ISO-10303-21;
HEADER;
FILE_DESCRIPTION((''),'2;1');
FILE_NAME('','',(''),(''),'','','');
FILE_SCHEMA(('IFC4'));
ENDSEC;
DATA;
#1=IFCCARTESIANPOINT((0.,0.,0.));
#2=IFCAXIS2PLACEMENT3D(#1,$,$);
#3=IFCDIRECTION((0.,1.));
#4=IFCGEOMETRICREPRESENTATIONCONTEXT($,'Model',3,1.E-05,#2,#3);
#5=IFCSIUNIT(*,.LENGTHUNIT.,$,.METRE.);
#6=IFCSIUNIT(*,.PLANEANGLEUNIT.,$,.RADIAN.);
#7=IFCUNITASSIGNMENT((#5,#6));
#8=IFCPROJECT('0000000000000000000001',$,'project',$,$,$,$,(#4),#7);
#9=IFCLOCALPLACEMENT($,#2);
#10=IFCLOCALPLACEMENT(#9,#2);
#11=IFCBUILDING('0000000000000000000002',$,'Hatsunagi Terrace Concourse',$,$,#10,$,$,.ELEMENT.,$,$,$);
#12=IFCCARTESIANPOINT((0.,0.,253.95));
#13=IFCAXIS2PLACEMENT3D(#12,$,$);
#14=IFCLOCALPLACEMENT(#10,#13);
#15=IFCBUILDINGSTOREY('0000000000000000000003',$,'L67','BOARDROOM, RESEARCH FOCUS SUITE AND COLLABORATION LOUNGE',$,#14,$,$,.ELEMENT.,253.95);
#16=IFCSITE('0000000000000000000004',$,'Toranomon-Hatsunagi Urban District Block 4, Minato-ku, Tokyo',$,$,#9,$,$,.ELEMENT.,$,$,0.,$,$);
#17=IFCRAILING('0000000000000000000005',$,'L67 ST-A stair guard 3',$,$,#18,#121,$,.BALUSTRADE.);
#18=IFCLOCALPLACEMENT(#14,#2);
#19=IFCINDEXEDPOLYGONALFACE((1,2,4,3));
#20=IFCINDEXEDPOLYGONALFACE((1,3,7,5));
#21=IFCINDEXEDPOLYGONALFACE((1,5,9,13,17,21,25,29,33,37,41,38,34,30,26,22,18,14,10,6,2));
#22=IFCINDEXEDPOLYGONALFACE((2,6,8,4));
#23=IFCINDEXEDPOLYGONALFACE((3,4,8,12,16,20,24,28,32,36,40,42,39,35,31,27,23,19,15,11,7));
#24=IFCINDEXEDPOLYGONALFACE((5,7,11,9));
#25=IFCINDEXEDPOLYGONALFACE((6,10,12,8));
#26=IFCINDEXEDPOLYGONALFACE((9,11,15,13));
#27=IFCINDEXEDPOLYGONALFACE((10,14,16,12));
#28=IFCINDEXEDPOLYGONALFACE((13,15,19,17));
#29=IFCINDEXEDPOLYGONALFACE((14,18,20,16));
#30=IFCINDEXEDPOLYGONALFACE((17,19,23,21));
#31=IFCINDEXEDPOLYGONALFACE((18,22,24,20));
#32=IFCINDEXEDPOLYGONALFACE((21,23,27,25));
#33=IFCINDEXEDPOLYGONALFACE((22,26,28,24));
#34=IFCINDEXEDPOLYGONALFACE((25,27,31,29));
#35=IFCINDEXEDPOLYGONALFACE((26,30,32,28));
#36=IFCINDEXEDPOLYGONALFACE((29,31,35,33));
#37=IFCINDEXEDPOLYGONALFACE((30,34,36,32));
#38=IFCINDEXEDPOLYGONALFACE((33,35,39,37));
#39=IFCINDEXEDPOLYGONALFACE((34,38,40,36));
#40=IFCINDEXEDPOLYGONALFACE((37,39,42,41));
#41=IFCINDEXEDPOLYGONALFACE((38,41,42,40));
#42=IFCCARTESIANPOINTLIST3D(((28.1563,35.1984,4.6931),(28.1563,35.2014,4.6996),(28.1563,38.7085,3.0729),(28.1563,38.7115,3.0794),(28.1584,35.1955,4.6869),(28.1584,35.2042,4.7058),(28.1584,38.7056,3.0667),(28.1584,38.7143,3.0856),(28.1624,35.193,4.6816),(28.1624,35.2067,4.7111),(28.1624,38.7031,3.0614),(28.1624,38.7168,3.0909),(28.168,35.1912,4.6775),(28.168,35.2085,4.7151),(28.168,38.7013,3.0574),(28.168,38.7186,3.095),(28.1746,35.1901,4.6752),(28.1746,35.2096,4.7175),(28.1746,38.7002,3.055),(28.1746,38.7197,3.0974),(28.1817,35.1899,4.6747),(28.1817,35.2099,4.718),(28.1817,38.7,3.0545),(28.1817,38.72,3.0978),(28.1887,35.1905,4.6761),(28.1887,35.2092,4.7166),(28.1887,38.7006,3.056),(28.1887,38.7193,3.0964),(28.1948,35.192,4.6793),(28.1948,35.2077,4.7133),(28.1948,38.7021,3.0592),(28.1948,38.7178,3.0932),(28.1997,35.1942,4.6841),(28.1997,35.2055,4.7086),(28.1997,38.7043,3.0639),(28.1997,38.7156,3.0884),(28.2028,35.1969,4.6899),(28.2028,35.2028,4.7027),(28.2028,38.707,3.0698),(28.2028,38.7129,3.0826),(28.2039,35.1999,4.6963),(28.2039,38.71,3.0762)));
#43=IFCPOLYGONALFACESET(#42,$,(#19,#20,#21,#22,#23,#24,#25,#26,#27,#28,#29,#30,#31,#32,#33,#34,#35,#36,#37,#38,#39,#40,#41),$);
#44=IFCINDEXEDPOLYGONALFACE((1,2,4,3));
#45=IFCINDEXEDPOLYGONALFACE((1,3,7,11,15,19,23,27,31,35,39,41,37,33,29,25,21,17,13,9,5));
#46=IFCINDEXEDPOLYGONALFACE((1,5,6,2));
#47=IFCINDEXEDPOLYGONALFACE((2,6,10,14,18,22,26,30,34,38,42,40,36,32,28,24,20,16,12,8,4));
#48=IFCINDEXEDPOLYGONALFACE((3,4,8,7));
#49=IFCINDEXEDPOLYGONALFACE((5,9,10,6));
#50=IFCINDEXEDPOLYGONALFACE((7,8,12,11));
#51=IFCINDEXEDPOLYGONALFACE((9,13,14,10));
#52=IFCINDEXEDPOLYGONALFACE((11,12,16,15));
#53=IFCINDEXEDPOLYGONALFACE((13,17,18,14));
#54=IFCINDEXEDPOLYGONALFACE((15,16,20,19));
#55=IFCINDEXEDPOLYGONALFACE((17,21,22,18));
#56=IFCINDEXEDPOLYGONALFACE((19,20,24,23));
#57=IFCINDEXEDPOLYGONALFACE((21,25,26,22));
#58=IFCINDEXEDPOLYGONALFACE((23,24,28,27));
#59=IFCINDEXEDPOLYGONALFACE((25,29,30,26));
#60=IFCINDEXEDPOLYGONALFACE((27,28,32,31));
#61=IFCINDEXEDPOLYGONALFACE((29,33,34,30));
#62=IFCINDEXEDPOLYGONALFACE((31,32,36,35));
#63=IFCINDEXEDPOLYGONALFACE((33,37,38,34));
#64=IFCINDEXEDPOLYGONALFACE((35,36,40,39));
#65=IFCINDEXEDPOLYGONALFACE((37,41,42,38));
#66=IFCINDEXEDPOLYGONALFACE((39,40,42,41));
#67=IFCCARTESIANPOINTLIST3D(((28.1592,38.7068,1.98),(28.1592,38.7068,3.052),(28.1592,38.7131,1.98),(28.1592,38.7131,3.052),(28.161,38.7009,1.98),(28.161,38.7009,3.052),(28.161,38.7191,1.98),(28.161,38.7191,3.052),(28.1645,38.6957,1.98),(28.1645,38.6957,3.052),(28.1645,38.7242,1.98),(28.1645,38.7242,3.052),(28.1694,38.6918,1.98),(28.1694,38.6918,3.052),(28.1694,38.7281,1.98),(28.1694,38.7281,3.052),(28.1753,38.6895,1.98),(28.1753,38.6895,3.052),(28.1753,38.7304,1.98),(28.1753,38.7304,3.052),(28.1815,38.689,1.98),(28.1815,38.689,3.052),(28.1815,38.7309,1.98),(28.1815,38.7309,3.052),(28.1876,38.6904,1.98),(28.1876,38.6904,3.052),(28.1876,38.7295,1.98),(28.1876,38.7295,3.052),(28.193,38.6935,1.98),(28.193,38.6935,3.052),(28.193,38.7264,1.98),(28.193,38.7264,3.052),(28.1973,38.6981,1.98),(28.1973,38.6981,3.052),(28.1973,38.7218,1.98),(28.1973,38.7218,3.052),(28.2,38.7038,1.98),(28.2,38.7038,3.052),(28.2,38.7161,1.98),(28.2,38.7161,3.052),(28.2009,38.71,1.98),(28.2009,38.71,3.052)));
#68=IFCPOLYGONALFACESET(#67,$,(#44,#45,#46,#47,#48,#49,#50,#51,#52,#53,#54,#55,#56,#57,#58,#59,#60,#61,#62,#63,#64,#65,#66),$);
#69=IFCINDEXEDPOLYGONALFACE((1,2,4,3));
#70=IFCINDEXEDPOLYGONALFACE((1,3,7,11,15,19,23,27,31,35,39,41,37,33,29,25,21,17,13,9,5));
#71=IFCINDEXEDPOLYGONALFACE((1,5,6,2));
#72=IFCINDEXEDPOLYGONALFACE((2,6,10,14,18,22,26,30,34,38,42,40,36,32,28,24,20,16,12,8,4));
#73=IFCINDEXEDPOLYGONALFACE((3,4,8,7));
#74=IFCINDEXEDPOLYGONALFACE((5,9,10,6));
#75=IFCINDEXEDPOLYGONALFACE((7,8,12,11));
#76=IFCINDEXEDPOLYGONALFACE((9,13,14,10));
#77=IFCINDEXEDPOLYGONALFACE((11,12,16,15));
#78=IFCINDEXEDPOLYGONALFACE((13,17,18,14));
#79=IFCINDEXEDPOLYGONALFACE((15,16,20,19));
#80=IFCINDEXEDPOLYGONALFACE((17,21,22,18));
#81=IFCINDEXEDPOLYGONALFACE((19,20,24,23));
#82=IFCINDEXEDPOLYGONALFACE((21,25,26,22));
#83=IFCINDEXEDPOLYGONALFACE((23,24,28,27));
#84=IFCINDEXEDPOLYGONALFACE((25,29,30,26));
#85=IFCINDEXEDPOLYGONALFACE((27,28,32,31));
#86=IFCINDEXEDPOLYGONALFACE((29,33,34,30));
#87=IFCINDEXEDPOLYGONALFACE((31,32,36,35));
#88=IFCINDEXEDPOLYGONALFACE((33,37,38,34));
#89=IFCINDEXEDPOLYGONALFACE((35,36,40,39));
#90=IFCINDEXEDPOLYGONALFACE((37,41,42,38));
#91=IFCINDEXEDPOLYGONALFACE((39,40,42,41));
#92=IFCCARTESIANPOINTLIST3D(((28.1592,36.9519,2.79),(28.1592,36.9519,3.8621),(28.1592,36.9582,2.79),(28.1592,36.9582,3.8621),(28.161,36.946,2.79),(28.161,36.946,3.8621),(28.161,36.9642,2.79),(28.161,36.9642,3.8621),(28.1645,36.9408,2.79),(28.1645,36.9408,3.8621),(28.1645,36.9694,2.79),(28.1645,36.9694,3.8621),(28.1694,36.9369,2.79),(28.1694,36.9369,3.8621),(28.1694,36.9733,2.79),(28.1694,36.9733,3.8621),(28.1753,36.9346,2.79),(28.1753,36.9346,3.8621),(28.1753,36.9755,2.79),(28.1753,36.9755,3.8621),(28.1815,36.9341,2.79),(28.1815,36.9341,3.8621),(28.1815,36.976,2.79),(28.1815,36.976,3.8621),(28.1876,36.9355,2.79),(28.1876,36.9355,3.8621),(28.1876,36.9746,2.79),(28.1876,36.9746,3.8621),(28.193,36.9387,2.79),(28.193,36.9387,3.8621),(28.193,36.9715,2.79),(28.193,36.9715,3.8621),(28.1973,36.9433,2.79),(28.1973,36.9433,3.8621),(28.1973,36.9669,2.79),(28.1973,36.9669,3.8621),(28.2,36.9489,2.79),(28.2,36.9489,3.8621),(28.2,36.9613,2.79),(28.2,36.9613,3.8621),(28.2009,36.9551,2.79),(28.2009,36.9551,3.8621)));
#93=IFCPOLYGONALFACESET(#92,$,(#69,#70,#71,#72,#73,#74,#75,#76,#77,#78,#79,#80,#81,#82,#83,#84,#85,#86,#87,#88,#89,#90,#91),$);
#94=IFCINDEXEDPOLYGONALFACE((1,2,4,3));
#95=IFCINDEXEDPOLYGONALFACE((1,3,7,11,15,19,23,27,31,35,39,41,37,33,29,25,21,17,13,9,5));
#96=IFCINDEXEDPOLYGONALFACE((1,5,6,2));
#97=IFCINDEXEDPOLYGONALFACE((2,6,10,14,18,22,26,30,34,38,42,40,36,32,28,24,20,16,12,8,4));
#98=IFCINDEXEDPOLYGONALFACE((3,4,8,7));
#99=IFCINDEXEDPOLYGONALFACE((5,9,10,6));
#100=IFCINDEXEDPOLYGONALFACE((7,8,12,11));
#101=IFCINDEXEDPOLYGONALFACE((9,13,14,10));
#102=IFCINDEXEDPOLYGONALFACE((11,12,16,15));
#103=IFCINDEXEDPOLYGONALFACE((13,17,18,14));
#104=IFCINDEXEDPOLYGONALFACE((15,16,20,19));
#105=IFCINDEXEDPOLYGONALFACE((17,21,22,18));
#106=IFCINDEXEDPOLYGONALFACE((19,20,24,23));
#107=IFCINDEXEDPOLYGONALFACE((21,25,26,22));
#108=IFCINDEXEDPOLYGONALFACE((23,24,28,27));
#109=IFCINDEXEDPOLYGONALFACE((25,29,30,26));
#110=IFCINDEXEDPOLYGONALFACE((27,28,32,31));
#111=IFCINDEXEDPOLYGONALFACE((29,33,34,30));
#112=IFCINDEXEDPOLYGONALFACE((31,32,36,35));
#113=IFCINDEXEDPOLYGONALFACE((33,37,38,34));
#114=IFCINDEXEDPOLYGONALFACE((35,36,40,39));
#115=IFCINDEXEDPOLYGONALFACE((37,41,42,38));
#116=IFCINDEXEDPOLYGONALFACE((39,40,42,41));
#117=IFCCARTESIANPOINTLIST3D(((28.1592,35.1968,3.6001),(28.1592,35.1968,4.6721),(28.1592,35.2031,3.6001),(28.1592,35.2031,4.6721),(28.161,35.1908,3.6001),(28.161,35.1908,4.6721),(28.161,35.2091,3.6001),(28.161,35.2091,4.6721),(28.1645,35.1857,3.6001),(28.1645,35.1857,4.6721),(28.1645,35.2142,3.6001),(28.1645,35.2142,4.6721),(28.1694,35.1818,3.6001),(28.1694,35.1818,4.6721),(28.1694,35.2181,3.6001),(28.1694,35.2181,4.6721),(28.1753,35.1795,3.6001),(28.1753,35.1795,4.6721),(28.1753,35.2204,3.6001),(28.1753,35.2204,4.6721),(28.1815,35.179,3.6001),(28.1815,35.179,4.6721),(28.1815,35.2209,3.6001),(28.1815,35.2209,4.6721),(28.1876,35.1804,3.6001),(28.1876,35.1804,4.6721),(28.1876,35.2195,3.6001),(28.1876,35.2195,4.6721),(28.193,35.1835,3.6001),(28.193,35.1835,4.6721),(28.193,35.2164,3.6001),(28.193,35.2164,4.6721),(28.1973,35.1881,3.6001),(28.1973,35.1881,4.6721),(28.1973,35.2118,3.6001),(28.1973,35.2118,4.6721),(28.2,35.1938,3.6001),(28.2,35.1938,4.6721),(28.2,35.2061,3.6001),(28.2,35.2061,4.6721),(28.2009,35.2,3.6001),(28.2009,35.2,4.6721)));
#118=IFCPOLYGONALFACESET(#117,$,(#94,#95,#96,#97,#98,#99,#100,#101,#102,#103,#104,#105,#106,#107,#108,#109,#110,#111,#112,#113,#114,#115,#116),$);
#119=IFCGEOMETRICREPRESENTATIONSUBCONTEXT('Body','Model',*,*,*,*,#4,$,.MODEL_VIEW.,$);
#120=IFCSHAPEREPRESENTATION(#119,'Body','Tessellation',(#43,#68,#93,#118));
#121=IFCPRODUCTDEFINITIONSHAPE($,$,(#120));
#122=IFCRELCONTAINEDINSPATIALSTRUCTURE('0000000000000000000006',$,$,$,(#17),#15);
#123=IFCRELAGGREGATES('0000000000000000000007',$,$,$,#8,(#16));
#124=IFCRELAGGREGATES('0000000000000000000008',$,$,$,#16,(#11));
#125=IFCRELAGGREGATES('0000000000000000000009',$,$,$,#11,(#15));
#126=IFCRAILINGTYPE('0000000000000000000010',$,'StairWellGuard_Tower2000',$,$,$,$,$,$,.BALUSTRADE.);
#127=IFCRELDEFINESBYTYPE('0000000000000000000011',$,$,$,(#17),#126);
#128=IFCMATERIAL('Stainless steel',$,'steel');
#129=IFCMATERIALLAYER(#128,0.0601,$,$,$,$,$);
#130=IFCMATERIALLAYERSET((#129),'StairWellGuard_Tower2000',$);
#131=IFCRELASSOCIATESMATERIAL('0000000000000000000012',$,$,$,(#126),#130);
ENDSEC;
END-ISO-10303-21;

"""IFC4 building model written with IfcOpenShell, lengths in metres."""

from ifc_helpers import new_model, si_unit, direction, frame, origin, origin_2d, place, context, subcontext, project, spatial, circle, extrude, material, layer, layer_set, type_object, element, save


model = new_model("IFC4")

# Units and contexts
model_context = context("Model", 3, precision=1e-05, world=origin(), true_north=direction((0.0, 1.0)))
body_context = subcontext(model_context, "Body", "Model", "MODEL_VIEW")
ifc_project = project(units=[si_unit("LENGTHUNIT", "METRE"), si_unit("PLANEANGLEUNIT", "RADIAN")], contexts=[model_context])

# Site, building, storey
site_placement = place(None, origin())
site = spatial("IfcSite", under=ifc_project, at=site_placement, Name="Toranomon-Hatsunagi Urban District Block 4, Minato-ku, Tokyo", CompositionType="ELEMENT", RefElevation=0.0)
building_placement = place(site_placement, origin())
building = spatial("IfcBuilding", under=site, at=building_placement, Name="Hatsunagi Terrace Concourse", CompositionType="ELEMENT")
storey_placement = place(building_placement, frame((0.0, 0.0, 253.95)))
storey = spatial("IfcBuildingStorey", under=building, at=storey_placement, Name="L67", Description="BOARDROOM, RESEARCH FOCUS SUITE AND COLLABORATION LOUNGE", CompositionType="ELEMENT", Elevation=253.95)

# Railing
ifc_material_1 = material(Name="Stainless steel", Category="steel")
ifc_layer_1 = layer(ifc_material_1, 0.0601)
ifc_layer_set_1 = layer_set([ifc_layer_1], Name="StairWellGuard_Tower2000")
railing_type = type_object("IfcRailingType", Name="StairWellGuard_Tower2000", PredefinedType="BALUSTRADE", material=ifc_layer_set_1)
railing_1_placement = place(storey_placement, frame((28.1799, 38.71, 1.98)))
element("IfcRailing", 1, at=railing_1_placement, inside=storey, type_object=railing_type, Name="L67 ST-A stair guard 3", PredefinedType="BALUSTRADE", context=body_context, shape_type="SweptSolid", body=[
    extrude(circle(Radius=0.0239, at=origin_2d()), frame((0.0, 0.0, 1.0962), z_axis=(0.0, -0.907948, 0.419082), x_axis=(1.0, 0.0, 0.0)), (0.0, 0.0, 1.0), 3.866),
    extrude(circle(Radius=0.021, at=origin_2d()), origin(), (0.0, 0.0, 1.0), 1.072),
    extrude(circle(Radius=0.021, at=origin_2d()), frame((0.0, -1.7549, 0.8101)), (0.0, 0.0, 1.0), 1.072),
    extrude(circle(Radius=0.021, at=origin_2d()), frame((0.0, -3.51, 1.6201)), (0.0, 0.0, 1.0), 1.072),
])

save(model, "model.ifc")
